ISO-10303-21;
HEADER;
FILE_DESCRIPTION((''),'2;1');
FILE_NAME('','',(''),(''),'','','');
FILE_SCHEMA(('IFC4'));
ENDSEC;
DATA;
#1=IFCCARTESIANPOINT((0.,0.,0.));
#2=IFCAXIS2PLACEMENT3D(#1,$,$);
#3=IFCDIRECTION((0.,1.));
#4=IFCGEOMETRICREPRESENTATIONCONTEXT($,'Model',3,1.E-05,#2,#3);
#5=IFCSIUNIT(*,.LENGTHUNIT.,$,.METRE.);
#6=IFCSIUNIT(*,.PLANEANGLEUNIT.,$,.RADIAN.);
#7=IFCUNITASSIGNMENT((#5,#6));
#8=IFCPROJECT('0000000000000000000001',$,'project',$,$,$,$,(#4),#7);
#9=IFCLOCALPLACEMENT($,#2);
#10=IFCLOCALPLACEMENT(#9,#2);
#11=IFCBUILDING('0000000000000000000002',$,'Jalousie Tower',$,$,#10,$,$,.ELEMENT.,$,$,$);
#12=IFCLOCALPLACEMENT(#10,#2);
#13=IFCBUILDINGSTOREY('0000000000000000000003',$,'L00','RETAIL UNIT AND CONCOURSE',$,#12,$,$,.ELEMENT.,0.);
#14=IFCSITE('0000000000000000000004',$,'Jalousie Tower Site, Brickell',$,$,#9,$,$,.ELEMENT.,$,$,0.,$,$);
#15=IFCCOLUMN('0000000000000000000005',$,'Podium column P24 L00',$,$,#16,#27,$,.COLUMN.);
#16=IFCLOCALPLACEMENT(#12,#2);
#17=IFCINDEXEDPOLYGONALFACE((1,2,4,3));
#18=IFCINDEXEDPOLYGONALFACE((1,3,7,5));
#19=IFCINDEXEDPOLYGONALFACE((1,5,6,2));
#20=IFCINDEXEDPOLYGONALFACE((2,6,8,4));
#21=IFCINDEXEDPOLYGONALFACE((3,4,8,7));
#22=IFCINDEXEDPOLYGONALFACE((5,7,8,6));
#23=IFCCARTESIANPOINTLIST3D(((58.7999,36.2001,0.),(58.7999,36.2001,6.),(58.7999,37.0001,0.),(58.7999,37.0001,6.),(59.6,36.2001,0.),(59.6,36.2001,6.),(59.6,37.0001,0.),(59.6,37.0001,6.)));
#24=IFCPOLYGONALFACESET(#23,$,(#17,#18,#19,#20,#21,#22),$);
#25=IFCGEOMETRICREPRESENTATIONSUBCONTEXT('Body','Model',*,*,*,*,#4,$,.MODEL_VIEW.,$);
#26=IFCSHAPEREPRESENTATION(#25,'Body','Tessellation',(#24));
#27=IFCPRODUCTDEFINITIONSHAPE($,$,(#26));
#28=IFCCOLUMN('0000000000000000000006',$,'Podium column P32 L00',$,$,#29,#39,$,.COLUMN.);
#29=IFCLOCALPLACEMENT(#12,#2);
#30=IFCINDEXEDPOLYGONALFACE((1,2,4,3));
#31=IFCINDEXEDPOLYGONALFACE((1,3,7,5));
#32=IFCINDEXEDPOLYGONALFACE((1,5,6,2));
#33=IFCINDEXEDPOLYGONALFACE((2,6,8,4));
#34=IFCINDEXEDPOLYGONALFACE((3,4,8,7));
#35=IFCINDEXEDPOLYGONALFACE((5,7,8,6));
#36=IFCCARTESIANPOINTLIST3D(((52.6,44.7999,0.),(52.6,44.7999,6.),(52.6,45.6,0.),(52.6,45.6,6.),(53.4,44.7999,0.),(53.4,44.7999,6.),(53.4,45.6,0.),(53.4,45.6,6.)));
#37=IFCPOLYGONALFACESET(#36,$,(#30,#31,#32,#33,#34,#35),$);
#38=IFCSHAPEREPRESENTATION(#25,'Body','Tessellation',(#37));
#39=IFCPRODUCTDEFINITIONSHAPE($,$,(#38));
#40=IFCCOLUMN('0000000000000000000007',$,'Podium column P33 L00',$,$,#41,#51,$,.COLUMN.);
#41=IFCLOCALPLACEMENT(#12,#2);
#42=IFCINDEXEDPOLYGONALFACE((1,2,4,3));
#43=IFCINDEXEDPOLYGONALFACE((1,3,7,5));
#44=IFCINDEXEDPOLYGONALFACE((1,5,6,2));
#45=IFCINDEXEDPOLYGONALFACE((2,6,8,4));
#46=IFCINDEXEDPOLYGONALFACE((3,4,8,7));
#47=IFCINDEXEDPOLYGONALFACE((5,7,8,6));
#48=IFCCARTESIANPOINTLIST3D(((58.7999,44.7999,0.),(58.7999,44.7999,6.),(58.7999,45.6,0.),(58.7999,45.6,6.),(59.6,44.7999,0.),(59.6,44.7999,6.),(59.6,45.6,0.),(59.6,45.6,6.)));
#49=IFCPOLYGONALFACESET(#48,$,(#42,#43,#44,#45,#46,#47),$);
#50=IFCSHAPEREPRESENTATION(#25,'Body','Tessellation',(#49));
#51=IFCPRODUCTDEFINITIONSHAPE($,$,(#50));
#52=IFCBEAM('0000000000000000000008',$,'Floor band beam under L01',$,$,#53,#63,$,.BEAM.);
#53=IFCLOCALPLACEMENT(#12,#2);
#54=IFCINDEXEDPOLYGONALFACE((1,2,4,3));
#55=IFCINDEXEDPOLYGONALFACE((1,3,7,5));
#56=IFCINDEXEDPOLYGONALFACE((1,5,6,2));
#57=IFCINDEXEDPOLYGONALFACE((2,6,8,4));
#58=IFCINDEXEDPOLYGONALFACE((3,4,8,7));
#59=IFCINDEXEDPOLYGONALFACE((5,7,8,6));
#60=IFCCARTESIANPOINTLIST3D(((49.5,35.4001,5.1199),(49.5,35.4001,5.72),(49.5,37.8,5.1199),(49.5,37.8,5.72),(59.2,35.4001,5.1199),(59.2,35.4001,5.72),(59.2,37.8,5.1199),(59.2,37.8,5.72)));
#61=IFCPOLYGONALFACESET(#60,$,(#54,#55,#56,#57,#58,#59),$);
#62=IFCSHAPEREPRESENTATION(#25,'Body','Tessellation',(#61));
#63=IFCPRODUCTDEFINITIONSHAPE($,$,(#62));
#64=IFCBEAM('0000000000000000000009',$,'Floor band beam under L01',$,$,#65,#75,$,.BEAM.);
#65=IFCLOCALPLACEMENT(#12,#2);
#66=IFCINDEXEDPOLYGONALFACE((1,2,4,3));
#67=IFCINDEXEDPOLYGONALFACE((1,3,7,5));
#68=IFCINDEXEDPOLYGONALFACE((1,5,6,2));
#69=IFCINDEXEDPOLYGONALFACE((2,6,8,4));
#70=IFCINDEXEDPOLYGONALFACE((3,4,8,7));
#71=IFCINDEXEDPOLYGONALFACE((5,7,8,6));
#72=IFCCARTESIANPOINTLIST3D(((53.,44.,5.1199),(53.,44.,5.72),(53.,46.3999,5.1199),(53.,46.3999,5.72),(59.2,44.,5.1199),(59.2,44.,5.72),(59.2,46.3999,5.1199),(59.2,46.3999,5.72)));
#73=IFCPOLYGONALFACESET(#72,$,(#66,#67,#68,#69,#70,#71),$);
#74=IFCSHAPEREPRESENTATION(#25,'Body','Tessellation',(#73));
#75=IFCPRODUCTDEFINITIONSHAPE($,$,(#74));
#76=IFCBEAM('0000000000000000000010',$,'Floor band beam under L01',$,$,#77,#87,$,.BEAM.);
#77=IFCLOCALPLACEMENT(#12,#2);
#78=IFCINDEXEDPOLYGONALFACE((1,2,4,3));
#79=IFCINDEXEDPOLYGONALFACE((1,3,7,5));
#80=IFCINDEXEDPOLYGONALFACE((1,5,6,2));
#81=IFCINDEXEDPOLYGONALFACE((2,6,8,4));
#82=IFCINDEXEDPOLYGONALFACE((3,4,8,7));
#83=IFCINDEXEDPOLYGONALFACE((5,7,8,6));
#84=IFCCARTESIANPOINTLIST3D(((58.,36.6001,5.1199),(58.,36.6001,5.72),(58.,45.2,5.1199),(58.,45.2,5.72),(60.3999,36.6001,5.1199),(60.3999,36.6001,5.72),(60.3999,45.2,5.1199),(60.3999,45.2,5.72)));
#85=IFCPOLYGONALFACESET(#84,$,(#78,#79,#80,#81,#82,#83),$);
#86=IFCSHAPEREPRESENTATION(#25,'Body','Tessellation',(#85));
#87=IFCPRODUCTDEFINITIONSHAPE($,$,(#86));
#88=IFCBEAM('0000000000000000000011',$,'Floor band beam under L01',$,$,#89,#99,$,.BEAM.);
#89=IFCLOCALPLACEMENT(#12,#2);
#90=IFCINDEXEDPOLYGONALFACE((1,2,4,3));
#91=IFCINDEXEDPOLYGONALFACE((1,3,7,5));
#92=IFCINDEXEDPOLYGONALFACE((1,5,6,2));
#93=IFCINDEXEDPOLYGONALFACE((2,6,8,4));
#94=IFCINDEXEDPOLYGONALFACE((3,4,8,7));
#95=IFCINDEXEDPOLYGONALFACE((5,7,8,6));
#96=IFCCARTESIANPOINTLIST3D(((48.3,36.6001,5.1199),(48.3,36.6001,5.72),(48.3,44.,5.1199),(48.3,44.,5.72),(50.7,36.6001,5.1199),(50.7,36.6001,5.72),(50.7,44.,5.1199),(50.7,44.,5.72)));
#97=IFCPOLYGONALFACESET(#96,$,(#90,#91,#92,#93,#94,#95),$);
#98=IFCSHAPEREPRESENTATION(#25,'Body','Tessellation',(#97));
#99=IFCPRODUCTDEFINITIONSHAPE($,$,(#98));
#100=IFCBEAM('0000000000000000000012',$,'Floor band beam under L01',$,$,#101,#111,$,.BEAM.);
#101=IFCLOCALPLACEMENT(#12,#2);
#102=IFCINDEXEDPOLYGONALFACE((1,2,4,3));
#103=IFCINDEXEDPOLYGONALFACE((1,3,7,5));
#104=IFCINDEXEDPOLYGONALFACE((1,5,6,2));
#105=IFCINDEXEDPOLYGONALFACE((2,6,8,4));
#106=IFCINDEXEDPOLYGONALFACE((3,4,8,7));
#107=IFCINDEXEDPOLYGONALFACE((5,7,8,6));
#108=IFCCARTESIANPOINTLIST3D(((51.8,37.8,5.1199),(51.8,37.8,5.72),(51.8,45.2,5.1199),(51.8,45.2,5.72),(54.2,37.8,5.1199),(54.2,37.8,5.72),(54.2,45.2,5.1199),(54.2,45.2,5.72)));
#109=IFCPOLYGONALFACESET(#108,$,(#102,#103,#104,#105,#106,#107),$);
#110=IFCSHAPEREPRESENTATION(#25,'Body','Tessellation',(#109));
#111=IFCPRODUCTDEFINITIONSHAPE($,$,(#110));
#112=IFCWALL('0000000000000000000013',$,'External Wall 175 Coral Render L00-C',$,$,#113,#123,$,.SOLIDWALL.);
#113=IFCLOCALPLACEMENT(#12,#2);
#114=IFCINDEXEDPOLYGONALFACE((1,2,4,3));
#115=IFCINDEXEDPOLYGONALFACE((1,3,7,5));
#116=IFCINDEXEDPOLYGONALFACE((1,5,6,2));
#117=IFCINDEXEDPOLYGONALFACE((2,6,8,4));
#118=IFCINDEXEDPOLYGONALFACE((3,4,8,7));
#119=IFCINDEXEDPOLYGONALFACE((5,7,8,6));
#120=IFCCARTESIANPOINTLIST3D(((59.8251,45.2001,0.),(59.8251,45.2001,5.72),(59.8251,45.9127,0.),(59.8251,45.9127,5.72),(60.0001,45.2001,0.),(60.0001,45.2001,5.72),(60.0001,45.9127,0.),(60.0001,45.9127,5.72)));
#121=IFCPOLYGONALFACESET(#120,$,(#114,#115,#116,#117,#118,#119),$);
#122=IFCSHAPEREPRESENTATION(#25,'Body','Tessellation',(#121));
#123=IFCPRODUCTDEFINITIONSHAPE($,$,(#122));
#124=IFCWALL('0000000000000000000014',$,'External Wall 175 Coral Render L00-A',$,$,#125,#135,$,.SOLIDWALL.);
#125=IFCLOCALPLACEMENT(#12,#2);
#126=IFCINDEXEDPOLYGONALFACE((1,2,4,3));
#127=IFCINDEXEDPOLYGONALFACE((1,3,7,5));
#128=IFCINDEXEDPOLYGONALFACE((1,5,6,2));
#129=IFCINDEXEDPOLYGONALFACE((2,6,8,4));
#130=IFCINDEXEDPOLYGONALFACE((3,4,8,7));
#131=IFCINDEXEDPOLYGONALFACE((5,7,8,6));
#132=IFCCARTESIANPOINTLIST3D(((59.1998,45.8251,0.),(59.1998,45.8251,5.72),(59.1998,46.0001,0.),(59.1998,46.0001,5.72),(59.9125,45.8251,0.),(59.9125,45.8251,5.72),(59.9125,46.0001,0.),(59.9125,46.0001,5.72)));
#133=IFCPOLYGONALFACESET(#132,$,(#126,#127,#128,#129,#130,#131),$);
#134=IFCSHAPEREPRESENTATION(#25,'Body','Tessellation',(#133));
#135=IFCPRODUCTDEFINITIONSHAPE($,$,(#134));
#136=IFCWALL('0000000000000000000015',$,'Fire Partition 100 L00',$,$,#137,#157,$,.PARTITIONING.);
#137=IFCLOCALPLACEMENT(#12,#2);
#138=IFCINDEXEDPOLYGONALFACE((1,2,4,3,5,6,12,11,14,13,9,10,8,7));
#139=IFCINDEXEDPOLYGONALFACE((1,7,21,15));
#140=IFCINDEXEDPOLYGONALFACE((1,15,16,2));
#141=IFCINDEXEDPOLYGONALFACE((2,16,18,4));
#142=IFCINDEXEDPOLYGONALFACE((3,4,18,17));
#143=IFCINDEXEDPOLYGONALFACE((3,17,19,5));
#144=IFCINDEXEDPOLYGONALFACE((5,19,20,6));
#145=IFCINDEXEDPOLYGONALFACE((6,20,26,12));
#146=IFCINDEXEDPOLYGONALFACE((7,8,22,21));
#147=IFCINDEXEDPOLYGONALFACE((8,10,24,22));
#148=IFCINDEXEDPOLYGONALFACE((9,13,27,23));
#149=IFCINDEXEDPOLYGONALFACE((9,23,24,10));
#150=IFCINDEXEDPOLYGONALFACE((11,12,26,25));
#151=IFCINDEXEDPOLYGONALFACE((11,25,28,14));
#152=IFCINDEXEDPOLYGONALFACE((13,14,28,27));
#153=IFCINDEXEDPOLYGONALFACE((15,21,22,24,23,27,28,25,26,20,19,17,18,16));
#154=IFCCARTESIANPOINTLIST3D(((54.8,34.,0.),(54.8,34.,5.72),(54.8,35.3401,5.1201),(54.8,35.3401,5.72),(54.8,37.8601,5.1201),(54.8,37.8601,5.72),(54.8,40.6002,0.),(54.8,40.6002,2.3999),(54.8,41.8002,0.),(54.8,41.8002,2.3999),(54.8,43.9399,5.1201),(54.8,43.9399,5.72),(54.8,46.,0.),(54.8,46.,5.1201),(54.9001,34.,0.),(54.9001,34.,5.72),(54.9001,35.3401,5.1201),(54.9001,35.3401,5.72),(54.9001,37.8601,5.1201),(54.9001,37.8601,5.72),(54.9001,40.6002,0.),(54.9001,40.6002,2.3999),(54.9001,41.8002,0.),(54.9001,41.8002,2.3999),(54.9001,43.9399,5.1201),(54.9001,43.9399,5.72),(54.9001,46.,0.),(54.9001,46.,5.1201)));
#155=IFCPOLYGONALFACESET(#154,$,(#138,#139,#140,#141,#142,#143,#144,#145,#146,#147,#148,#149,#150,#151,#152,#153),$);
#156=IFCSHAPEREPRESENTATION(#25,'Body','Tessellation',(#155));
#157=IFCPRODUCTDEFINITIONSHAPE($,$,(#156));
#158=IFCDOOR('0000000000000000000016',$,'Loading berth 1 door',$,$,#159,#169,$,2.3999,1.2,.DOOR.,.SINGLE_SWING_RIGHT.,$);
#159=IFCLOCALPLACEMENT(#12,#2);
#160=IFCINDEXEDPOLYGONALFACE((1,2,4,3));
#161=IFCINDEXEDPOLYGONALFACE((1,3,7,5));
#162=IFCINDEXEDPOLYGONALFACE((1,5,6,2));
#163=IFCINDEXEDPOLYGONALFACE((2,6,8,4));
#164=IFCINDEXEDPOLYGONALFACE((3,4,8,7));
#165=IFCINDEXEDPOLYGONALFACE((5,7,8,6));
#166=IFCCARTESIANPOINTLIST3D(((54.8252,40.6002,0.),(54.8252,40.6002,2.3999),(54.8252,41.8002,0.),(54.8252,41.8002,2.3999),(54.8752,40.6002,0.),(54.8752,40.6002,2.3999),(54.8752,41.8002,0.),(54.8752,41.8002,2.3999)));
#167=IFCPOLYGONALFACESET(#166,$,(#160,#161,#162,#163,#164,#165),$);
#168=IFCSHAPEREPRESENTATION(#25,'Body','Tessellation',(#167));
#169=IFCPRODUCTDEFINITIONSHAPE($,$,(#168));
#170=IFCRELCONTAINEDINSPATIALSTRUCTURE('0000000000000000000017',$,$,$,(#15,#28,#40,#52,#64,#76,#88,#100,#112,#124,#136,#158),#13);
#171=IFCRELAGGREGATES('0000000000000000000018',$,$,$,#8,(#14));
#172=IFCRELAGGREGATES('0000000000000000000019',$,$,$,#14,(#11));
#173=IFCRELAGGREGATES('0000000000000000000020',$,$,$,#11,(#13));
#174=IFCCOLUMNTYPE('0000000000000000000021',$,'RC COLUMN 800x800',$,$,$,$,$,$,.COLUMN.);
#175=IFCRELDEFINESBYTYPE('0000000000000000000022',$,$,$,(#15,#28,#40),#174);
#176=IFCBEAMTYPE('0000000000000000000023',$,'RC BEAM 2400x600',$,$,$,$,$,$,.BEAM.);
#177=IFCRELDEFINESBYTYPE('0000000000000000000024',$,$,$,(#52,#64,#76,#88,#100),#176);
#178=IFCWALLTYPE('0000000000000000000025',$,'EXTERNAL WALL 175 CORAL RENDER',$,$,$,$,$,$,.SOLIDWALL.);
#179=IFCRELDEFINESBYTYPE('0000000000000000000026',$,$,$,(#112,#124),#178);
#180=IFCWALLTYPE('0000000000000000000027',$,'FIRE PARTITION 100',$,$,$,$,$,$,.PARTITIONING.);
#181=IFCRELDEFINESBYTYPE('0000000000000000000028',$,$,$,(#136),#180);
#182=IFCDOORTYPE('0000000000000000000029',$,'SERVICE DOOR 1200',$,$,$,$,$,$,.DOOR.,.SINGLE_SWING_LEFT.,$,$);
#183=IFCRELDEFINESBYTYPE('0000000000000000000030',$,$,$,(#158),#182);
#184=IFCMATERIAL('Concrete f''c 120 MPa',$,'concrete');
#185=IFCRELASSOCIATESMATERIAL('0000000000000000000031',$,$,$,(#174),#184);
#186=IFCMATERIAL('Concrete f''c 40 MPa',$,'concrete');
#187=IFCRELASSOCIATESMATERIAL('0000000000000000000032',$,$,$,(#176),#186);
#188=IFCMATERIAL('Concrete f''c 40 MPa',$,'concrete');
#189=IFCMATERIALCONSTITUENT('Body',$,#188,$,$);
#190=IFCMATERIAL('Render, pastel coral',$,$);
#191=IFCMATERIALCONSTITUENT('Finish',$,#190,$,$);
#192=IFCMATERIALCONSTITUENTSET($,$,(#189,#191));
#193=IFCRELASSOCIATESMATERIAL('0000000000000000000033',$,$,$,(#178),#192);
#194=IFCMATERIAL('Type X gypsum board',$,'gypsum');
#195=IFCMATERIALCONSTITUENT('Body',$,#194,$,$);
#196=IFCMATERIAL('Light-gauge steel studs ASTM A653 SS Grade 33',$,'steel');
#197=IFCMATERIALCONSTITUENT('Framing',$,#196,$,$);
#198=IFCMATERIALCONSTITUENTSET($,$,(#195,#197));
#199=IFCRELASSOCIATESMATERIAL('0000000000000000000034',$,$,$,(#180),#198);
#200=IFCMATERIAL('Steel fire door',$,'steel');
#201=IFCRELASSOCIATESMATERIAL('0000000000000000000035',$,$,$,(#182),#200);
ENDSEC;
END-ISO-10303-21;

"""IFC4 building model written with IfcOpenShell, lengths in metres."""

from ifc_helpers import new_model, si_unit, direction, frame, frame_2d, origin, origin_2d, place, context, subcontext, project, spatial, polyline, rectangle, outline, extrude, material, constituent, constituent_set, material_profile, profile_set, type_object, element, fill, save


model = new_model("IFC4")

# Units and contexts
model_context = context("Model", 3, precision=1e-05, world=origin(), true_north=direction((0.0, 1.0)))
body_context = subcontext(model_context, "Body", "Model", "MODEL_VIEW")
ifc_project = project(units=[si_unit("LENGTHUNIT", "METRE"), si_unit("PLANEANGLEUNIT", "RADIAN")], contexts=[model_context])

# Site, building, storey
site_placement = place(None, origin())
site = spatial("IfcSite", under=ifc_project, at=site_placement, Name="Jalousie Tower Site, Brickell", CompositionType="ELEMENT", RefElevation=0.0)
building_placement = place(site_placement, origin())
building = spatial("IfcBuilding", under=site, at=building_placement, Name="Jalousie Tower", CompositionType="ELEMENT")
storey_placement = place(building_placement, origin())
storey = spatial("IfcBuildingStorey", under=building, at=storey_placement, Name="L00", Description="RETAIL UNIT AND CONCOURSE", CompositionType="ELEMENT", Elevation=0.0)

# Columns
ifc_material_1 = material(Name="Concrete f'c 120 MPa", Category="concrete")
ifc_material_profile_1 = material_profile(ifc_material_1, rectangle(XDim=0.8, YDim=0.8, at=origin_2d()), Name="RC 800x800")
ifc_profile_set_1 = profile_set([ifc_material_profile_1], Name="Concrete f'c 120 MPa")
column_type = type_object("IfcColumnType", Name="RC COLUMN 800x800", PredefinedType="COLUMN", material=ifc_profile_set_1)
for number, where, z_axis, x_axis, name in (
    (1, (59.2, 36.6001, 0.0), (0.0, 0.0, 1.0), (1.0, 0.0, 0.0), "Podium column P24 L00"),
    (2, (53.0, 45.2, 0.0), (0.0, 0.0, 1.0), (1.0, 0.0, 0.0), "Podium column P32 L00"),
    (3, (59.2, 45.2, 0.0), (0.0, 0.0, 1.0), (1.0, 0.0, 0.0), "Podium column P33 L00"),
):
    element("IfcColumn", number, at=place(storey_placement, frame(where, z_axis=z_axis, x_axis=x_axis)), inside=storey, type_object=column_type, Name=name, PredefinedType="COLUMN", context=body_context, shape_type="SweptSolid", body=[
        extrude(rectangle(XDim=0.8, YDim=0.8, at=origin_2d()), origin(), (0.0, 0.0, 1.0), 6.0),
    ])

# Beams
ifc_material_2 = material(Name="Concrete f'c 40 MPa", Category="concrete")
ifc_material_profile_2 = material_profile(ifc_material_2, rectangle(XDim=2.3999, YDim=0.6001, at=origin_2d()), Name="RC 2400x600")
ifc_profile_set_2 = profile_set([ifc_material_profile_2], Name="Concrete f'c 40 MPa")
beam_type = type_object("IfcBeamType", Name="RC BEAM 2400x600", PredefinedType="BEAM", material=ifc_profile_set_2)
beam_1_placement = place(storey_placement, frame((49.5, 36.6001, 5.4199), z_axis=(1.0, 0.0, 0.0), x_axis=(0.0, 1.0, 0.0)))
element("IfcBeam", 4, at=beam_1_placement, inside=storey, type_object=beam_type, Name="Floor band beam under L01", PredefinedType="BEAM", context=body_context, shape_type="SweptSolid", body=[
    extrude(rectangle(XDim=2.3999, YDim=0.6001, at=origin_2d()), origin(), (0.0, 0.0, 1.0), 9.7),
])
beam_2_placement = place(storey_placement, frame((53.0, 45.2, 5.4199), z_axis=(1.0, 0.0, 0.0), x_axis=(0.0, 1.0, 0.0)))
element("IfcBeam", 5, at=beam_2_placement, inside=storey, type_object=beam_type, Name="Floor band beam under L01", PredefinedType="BEAM", context=body_context, shape_type="SweptSolid", body=[
    extrude(rectangle(XDim=2.3999, YDim=0.6001, at=origin_2d()), origin(), (0.0, 0.0, 1.0), 6.2),
])
beam_3_placement = place(storey_placement, frame((59.2, 36.6001, 5.4199), z_axis=(0.0, 1.0, 0.0), x_axis=(-1.0, 0.0, 0.0)))
element("IfcBeam", 6, at=beam_3_placement, inside=storey, type_object=beam_type, Name="Floor band beam under L01", PredefinedType="BEAM", context=body_context, shape_type="SweptSolid", body=[
    extrude(rectangle(XDim=2.3999, YDim=0.6001, at=origin_2d()), origin(), (0.0, 0.0, 1.0), 8.5999),
])
for number, where, z_axis, x_axis, name in (
    (7, (49.5, 36.6001, 5.4199), (0.0, 1.0, 0.0), (-1.0, 0.0, 0.0), "Floor band beam under L01"),
    (8, (53.0, 45.2, 5.4199), (0.0, -1.0, 0.0), (1.0, 0.0, 0.0), "Floor band beam under L01"),
):
    element("IfcBeam", number, at=place(storey_placement, frame(where, z_axis=z_axis, x_axis=x_axis)), inside=storey, type_object=beam_type, Name=name, PredefinedType="BEAM", context=body_context, shape_type="SweptSolid", body=[
        extrude(rectangle(XDim=2.3999, YDim=0.6001, at=origin_2d()), origin(), (0.0, 0.0, 1.0), 7.3999),
    ])

# Walls
ifc_material_3 = material(Name="Concrete f'c 40 MPa", Category="concrete")
ifc_constituent_1 = constituent(ifc_material_3, Name="Body")
ifc_material_4 = material(Name="Render, pastel coral")
ifc_constituent_2 = constituent(ifc_material_4, Name="Finish")
ifc_constituent_set_1 = constituent_set(constituents=[ifc_constituent_1, ifc_constituent_2])
wall_type_1 = type_object("IfcWallType", Name="EXTERNAL WALL 175 CORAL RENDER", PredefinedType="SOLIDWALL", material=ifc_constituent_set_1)
for number, where, z_axis, x_axis, name in (
    (9, (59.9126, 45.2, 0.0), (0.0, 0.0, 1.0), (0.0, 1.0, 0.0), "External Wall 175 Coral Render L00-C"),
    (10, (59.9126, 45.9126, 0.0), (0.0, 0.0, 1.0), (-1.0, 0.0, 0.0), "External Wall 175 Coral Render L00-A"),
):
    element("IfcWall", number, at=place(storey_placement, frame(where, z_axis=z_axis, x_axis=x_axis)), inside=storey, type_object=wall_type_1, Name=name, PredefinedType="SOLIDWALL", context=body_context, shape_type="SweptSolid", body=[
        extrude(rectangle(XDim=0.7126, YDim=0.175, at=frame_2d((0.3564, 0.0))), origin(), (0.0, 0.0, 1.0), 5.72),
    ])

# Wall, opening, door
ifc_material_5 = material(Name="Type X gypsum board", Category="gypsum")
ifc_constituent_3 = constituent(ifc_material_5, Name="Body")
ifc_material_6 = material(Name="Light-gauge steel studs ASTM A653 SS Grade 33", Category="steel")
ifc_constituent_4 = constituent(ifc_material_6, Name="Framing")
ifc_constituent_set_2 = constituent_set(constituents=[ifc_constituent_3, ifc_constituent_4])
wall_type_2 = type_object("IfcWallType", Name="FIRE PARTITION 100", PredefinedType="PARTITIONING", material=ifc_constituent_set_2)
wall_1_placement = place(storey_placement, frame((54.8501, 34.0, 0.0), z_axis=(0.0, 0.0, 1.0), x_axis=(0.0, 1.0, 0.0)))
wall_1 = element("IfcWall", 11, at=wall_1_placement, inside=storey, type_object=wall_type_2, Name="Fire Partition 100 L00", PredefinedType="PARTITIONING", context=body_context, shape_type="SweptSolid", body=[
    extrude(outline(polyline([(0.0, 0.0), (12.0, 0.0), (12.0, 5.72), (12.0, 5.1201), (9.9399, 5.1201), (9.9399, 5.72), (3.8601, 5.72), (3.8601, 5.1201), (1.3401, 5.1201), (1.3401, 5.72), (0.0, 5.72), (0.0, 0.0)])), frame((0.0, 0.05, 0.0), z_axis=(0.0, -1.0, 0.0), x_axis=(1.0, 0.0, 0.0)), (0.0, 0.0, 1.0), 0.1001),
])
opening_1_placement = place(wall_1_placement, frame((6.6001, 0.0, 0.0)))
opening_1 = element("IfcOpeningElement", 12, at=opening_1_placement, cuts=wall_1, PredefinedType="OPENING", context=body_context, shape_type="SweptSolid", body=[
    extrude(rectangle(XDim=1.2, YDim=2.3999, at=frame_2d((0.6001, 1.2))), frame((0.0, 0.0601, 0.0), z_axis=(0.0, -1.0, 0.0), x_axis=(1.0, 0.0, 0.0)), (0.0, 0.0, 1.0), 0.1201),
])
ifc_material_7 = material(Name="Steel fire door", Category="steel")
door_type_1 = type_object("IfcDoorType", Name="SERVICE DOOR 1200", OperationType="SINGLE_SWING_LEFT", PredefinedType="DOOR", material=ifc_material_7)
door_1_placement = place(opening_1_placement, origin())
door_1 = element("IfcDoor", 13, at=door_1_placement, inside=storey, type_object=door_type_1, Name="Loading berth 1 door", OperationType="SINGLE_SWING_RIGHT", OverallHeight=2.3999, OverallWidth=1.2, PredefinedType="DOOR", context=body_context, shape_type="SweptSolid", body=[
    extrude(rectangle(XDim=1.2, YDim=2.3999, at=frame_2d((0.6001, 1.2))), frame((0.0, 0.0249, 0.0), z_axis=(0.0, -1.0, 0.0), x_axis=(1.0, 0.0, 0.0)), (0.0, 0.0, 1.0), 0.05),
])
fill(opening_1, door_1)

save(model, "model.ifc")
